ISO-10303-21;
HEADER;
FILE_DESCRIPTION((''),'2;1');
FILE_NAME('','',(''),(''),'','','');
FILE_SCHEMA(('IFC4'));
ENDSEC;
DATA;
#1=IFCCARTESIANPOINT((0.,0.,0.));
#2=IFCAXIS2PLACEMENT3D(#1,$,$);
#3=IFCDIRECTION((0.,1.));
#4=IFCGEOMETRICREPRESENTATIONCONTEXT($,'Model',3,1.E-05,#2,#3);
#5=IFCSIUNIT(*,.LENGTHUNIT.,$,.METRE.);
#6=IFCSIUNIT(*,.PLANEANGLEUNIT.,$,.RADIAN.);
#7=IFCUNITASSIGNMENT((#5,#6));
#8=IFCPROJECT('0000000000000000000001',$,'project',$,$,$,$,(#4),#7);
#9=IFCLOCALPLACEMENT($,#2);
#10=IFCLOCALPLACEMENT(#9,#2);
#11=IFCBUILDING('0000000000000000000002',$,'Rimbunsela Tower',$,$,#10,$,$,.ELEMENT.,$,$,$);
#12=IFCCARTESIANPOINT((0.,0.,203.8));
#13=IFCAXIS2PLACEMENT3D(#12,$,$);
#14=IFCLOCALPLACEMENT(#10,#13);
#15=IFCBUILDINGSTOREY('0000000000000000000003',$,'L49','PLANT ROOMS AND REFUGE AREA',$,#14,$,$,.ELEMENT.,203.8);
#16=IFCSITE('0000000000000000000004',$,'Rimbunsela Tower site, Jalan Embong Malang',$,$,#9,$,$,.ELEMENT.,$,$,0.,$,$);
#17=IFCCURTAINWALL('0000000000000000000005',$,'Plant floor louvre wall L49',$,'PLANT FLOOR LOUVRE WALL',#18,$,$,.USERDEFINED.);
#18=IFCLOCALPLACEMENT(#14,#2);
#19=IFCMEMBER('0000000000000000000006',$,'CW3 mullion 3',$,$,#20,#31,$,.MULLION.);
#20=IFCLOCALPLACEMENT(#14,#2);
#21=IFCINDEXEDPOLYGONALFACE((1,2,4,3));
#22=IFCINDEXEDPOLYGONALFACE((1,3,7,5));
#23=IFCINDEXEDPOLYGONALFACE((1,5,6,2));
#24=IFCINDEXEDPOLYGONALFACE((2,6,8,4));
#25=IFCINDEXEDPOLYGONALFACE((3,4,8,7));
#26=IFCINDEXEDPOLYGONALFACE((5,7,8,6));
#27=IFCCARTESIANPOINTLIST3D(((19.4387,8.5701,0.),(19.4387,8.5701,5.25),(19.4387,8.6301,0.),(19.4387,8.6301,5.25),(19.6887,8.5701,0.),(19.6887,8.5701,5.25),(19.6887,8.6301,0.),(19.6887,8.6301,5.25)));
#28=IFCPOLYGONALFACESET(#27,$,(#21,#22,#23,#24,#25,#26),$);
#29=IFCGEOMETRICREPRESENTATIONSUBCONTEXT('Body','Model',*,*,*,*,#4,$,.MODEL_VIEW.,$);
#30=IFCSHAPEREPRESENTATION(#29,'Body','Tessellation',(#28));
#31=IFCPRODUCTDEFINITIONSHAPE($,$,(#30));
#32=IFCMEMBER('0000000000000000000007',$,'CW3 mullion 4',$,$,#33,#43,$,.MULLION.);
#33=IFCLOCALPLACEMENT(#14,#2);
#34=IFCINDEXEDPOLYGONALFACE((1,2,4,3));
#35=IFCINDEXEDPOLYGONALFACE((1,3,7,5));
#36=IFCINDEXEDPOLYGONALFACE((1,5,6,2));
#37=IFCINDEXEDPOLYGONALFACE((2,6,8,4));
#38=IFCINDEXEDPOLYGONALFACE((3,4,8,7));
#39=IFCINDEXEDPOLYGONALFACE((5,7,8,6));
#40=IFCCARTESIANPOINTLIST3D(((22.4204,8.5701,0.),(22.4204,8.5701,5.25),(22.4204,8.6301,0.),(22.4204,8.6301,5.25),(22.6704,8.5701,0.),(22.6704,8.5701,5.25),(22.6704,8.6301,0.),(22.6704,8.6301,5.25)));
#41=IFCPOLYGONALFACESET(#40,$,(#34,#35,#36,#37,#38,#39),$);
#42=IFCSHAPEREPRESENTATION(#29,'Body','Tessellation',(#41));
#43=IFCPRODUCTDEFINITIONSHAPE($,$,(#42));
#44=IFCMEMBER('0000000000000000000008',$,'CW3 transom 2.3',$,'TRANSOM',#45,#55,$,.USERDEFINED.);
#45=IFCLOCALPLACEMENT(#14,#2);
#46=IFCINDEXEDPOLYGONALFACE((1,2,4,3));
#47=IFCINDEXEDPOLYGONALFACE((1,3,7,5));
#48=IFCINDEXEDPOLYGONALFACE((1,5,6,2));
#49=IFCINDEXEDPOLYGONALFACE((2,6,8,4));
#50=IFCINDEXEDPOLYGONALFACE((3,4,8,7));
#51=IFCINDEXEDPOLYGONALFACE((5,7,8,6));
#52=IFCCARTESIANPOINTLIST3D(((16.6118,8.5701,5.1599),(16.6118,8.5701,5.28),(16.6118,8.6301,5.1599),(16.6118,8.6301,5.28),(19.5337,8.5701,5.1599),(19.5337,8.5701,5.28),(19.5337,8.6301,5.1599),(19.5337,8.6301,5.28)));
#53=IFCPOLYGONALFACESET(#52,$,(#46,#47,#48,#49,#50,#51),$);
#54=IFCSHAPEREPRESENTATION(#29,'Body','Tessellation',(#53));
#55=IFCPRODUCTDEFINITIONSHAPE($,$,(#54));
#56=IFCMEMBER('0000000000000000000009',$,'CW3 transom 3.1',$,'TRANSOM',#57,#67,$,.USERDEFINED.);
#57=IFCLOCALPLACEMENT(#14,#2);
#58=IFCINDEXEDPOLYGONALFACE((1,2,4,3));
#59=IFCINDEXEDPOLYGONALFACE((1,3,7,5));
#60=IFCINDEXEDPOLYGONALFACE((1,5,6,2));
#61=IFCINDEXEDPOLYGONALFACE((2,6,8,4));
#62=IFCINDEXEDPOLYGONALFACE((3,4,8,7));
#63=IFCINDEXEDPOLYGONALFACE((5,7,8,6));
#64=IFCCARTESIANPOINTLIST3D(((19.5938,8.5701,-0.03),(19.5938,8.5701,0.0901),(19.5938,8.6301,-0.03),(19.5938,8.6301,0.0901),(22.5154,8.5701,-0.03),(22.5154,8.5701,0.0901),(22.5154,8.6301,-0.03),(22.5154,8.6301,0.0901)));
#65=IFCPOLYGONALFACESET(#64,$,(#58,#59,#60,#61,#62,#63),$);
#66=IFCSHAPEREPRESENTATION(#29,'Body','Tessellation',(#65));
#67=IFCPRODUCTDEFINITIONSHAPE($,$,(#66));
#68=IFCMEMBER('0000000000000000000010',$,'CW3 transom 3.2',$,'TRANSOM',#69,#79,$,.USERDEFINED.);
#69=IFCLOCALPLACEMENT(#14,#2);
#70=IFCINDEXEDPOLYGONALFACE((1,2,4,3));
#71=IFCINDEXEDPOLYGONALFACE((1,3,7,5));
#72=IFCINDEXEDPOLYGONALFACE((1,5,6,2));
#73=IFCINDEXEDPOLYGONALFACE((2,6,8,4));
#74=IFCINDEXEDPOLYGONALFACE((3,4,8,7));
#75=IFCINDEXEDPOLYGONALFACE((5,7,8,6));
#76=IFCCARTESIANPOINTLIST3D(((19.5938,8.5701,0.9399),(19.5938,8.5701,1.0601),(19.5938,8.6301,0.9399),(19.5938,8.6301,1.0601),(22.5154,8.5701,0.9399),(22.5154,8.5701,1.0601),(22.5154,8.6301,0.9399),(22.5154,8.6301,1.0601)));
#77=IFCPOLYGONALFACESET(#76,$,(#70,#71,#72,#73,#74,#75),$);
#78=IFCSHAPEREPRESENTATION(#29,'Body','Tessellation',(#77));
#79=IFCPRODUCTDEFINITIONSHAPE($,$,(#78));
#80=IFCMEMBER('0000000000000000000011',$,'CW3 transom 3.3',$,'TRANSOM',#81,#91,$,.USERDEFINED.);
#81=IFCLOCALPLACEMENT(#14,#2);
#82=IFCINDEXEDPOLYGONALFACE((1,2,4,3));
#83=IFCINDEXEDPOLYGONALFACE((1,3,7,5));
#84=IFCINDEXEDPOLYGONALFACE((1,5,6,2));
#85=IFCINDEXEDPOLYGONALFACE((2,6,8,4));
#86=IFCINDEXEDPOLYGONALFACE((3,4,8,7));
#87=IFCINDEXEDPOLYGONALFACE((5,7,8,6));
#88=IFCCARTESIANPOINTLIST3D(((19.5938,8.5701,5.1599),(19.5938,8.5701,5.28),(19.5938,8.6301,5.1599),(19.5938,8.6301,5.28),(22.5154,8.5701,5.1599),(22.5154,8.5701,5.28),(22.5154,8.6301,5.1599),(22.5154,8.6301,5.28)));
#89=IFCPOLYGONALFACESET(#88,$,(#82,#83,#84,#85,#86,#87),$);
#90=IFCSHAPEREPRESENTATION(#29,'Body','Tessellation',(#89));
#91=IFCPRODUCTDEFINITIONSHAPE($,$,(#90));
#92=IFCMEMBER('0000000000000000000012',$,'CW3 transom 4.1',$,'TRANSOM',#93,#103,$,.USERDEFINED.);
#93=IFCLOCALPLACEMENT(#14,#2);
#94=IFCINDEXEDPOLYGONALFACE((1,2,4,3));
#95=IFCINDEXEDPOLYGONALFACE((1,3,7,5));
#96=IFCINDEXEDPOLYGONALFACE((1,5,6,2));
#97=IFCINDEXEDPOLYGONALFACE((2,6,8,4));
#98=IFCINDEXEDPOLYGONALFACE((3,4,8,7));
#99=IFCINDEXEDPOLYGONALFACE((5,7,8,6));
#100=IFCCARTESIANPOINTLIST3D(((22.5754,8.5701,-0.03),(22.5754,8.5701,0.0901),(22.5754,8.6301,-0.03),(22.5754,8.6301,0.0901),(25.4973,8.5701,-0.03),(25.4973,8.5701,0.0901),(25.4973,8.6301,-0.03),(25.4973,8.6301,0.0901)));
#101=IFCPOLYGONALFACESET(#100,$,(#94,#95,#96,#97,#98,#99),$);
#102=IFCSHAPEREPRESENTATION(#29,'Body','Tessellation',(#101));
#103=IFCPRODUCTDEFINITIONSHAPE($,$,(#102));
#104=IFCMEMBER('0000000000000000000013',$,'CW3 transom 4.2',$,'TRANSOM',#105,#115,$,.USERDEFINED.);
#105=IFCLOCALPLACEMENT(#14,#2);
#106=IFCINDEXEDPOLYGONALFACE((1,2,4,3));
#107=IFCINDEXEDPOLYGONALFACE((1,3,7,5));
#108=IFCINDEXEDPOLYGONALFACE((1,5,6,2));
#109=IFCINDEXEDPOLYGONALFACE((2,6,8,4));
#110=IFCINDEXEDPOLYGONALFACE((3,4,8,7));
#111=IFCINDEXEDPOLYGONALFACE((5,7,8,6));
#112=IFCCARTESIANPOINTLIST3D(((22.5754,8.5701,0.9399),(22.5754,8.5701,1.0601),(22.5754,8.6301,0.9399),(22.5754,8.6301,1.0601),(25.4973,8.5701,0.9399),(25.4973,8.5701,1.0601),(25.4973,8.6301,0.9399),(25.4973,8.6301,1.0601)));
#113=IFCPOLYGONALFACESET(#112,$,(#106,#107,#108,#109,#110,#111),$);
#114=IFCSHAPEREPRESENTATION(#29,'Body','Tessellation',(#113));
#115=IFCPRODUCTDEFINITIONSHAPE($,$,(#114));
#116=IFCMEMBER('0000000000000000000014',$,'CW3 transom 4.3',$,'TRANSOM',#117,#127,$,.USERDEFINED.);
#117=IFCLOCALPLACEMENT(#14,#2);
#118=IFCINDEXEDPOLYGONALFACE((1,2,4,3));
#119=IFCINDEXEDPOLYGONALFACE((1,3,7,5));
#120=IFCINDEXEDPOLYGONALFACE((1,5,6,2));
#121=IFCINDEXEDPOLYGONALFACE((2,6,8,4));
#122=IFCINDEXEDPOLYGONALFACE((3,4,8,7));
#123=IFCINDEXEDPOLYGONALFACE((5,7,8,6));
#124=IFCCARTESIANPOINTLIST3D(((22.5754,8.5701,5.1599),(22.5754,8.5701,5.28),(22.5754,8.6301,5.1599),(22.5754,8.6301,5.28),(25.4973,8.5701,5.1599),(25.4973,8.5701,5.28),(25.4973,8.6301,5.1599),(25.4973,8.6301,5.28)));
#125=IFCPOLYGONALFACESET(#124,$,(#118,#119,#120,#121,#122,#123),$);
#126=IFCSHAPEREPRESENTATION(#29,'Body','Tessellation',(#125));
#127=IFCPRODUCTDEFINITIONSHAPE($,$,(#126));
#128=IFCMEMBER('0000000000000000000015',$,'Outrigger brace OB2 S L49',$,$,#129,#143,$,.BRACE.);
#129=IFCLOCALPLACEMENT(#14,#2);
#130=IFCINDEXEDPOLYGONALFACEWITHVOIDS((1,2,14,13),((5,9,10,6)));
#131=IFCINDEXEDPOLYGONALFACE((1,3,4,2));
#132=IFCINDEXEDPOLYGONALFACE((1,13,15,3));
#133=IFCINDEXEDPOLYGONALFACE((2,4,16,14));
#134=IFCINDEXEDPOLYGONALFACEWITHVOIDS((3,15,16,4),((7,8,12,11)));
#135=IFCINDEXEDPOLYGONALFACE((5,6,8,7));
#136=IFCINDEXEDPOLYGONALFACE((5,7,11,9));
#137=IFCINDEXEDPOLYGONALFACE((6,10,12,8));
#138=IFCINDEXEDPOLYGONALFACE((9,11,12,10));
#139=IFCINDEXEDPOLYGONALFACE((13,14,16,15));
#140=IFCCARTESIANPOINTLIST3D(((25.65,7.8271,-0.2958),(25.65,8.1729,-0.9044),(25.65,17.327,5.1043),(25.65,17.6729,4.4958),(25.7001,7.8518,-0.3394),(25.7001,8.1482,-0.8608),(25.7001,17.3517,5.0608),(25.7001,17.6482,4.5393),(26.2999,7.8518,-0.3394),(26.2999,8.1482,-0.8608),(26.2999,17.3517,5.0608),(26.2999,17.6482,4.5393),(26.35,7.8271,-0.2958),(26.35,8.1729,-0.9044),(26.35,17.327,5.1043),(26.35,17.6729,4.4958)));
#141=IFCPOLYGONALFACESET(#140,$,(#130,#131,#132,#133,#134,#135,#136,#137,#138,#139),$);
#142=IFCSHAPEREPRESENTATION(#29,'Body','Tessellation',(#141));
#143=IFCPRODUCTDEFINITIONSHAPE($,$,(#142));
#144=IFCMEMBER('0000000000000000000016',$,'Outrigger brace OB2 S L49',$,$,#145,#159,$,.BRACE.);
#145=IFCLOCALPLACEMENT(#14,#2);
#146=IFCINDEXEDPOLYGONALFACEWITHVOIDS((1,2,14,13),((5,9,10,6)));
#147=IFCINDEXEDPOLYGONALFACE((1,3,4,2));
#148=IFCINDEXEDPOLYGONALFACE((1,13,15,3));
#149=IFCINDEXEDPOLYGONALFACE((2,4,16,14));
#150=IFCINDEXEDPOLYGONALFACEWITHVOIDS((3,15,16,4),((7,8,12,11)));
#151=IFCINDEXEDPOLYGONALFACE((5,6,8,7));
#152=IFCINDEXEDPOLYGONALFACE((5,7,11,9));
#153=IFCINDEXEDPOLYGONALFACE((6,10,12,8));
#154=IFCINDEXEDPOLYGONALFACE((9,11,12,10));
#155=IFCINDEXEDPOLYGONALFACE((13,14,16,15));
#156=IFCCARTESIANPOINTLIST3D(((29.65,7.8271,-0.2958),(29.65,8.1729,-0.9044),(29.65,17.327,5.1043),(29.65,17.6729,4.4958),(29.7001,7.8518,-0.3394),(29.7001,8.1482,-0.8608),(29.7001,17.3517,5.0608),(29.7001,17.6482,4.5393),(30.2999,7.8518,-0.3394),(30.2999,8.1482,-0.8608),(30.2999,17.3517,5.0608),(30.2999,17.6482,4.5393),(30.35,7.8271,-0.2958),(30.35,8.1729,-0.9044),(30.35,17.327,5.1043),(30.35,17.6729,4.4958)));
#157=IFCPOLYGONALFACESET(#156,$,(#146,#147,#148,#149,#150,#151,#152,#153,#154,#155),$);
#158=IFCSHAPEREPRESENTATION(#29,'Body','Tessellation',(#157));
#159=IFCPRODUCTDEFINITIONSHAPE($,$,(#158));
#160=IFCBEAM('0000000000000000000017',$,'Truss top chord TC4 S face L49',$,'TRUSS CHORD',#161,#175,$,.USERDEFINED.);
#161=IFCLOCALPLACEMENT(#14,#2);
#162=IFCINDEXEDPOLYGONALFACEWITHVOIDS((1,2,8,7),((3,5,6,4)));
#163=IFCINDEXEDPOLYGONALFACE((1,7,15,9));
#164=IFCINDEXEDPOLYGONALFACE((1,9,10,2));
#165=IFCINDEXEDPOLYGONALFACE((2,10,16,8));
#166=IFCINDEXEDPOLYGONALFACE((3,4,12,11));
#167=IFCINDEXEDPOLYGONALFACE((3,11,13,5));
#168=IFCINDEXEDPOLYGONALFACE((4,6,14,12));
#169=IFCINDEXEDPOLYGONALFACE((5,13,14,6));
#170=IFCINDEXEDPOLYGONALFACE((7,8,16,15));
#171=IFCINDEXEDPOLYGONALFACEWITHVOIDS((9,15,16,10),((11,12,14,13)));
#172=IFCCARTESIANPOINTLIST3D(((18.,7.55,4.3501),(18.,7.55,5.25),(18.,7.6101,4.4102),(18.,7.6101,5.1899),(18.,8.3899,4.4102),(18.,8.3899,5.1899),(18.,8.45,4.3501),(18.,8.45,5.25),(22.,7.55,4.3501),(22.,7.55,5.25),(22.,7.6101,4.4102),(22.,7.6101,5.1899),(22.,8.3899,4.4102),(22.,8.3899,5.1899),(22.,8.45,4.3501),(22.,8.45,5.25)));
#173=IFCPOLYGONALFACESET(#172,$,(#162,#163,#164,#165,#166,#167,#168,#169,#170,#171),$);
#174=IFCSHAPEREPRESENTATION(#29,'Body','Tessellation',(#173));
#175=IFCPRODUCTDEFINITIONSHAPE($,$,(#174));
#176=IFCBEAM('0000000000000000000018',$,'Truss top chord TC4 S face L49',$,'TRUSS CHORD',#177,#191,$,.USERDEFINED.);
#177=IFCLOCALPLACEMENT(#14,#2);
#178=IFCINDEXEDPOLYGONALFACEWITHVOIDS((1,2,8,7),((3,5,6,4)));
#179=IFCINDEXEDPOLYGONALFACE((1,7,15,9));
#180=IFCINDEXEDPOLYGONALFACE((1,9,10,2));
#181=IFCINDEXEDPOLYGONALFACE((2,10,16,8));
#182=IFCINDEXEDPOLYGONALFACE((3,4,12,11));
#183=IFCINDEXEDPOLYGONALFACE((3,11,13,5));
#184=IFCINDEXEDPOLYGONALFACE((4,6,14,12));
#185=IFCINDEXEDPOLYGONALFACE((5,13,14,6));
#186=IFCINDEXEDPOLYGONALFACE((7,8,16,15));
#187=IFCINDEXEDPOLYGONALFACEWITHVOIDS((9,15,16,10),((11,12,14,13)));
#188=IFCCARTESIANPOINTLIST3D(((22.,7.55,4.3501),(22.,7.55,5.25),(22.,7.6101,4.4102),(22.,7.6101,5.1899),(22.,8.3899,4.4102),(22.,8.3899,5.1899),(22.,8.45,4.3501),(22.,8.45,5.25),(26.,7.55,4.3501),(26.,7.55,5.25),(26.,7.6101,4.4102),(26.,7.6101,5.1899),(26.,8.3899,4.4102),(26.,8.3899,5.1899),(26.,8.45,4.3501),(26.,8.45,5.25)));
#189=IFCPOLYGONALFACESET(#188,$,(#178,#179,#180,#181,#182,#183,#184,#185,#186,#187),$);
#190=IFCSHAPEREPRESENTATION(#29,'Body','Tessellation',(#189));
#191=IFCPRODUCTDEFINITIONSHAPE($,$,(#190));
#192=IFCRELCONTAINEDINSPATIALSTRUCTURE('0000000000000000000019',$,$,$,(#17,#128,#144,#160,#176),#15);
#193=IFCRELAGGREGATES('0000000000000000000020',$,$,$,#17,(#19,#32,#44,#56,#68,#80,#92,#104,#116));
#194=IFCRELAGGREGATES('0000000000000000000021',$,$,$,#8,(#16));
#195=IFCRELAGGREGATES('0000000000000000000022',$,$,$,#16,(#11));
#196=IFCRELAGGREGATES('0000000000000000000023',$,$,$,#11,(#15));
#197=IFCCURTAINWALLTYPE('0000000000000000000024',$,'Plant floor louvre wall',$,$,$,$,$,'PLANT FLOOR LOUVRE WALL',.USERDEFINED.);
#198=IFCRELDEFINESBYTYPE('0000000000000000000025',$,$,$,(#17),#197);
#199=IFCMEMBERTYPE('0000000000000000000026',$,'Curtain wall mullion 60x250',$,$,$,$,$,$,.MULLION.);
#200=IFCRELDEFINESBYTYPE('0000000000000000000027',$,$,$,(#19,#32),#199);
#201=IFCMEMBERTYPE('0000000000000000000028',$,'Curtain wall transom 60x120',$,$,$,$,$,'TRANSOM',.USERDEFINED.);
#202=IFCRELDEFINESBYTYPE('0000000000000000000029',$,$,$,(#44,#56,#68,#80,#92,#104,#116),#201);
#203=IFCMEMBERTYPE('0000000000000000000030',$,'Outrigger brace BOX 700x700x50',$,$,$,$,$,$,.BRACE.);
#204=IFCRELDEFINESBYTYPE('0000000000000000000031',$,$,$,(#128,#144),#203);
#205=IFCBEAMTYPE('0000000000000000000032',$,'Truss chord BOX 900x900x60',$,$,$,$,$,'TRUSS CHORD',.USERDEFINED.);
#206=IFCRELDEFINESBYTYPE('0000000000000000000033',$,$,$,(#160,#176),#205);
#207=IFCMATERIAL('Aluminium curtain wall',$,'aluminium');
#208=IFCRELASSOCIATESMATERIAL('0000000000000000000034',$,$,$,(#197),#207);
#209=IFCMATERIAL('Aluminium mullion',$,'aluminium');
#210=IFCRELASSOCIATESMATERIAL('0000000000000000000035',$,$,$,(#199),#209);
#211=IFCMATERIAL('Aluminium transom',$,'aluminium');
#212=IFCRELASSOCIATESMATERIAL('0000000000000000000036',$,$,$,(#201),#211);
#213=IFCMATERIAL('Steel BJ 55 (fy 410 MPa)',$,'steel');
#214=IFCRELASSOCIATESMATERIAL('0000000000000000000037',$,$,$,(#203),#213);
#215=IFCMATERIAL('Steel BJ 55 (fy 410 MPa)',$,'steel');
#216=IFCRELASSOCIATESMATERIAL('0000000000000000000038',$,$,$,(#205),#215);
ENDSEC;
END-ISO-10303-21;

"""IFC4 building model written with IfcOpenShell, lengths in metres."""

from ifc_helpers import new_model, si_unit, direction, frame, origin, origin_2d, place, context, subcontext, project, spatial, rectangle, hollow_rectangle, extrude, material, material_profile, profile_set, type_object, element, aggregate, save


model = new_model("IFC4")

# Units and contexts
model_context = context("Model", 3, precision=1e-05, world=origin(), true_north=direction((0.0, 1.0)))
body_context = subcontext(model_context, "Body", "Model", "MODEL_VIEW")
ifc_project = project(units=[si_unit("LENGTHUNIT", "METRE"), si_unit("PLANEANGLEUNIT", "RADIAN")], contexts=[model_context])

# Site, building, storey
site_placement = place(None, origin())
site = spatial("IfcSite", under=ifc_project, at=site_placement, Name="Rimbunsela Tower site, Jalan Embong Malang", CompositionType="ELEMENT", RefElevation=0.0)
building_placement = place(site_placement, origin())
building = spatial("IfcBuilding", under=site, at=building_placement, Name="Rimbunsela Tower", CompositionType="ELEMENT")
storey_placement = place(building_placement, frame((0.0, 0.0, 203.8)))
storey = spatial("IfcBuildingStorey", under=building, at=storey_placement, Name="L49", Description="PLANT ROOMS AND REFUGE AREA", CompositionType="ELEMENT", Elevation=203.8)

# Curtain wall, members
ifc_material_1 = material(Name="Aluminium curtain wall", Category="aluminium")
curtain_wall_type = type_object("IfcCurtainWallType", Name="Plant floor louvre wall", ElementType="PLANT FLOOR LOUVRE WALL", PredefinedType="USERDEFINED", material=ifc_material_1)
curtain_wall_placement = place(storey_placement, origin())
curtain_wall = element("IfcCurtainWall", 1, at=curtain_wall_placement, inside=storey, type_object=curtain_wall_type, Name="Plant floor louvre wall L49", ObjectType="PLANT FLOOR LOUVRE WALL", PredefinedType="USERDEFINED")
ifc_material_2 = material(Name="Aluminium mullion", Category="aluminium")
ifc_material_profile_1 = material_profile(ifc_material_2, rectangle(XDim=0.0601, YDim=0.25, at=origin_2d()), Name="Mullion 60x250")
ifc_profile_set_1 = profile_set([ifc_material_profile_1], Name="Aluminium mullion")
member_type_1 = type_object("IfcMemberType", Name="Curtain wall mullion 60x250", PredefinedType="MULLION", material=ifc_profile_set_1)
member_1_placement = place(storey_placement, frame((19.5637, 8.6001, 0.0), z_axis=(0.0, 0.0, 1.0), x_axis=(0.0, 1.0, 0.0)))
member_1 = element("IfcMember", 2, at=member_1_placement, type_object=member_type_1, Name="CW3 mullion 3", PredefinedType="MULLION", context=body_context, shape_type="SweptSolid", body=[
    extrude(rectangle(XDim=0.0601, YDim=0.25, at=origin_2d()), origin(), (0.0, 0.0, 1.0), 5.25),
])
member_2_placement = place(storey_placement, frame((22.5454, 8.6001, 0.0), z_axis=(0.0, 0.0, 1.0), x_axis=(0.0, 1.0, 0.0)))
member_2 = element("IfcMember", 3, at=member_2_placement, type_object=member_type_1, Name="CW3 mullion 4", PredefinedType="MULLION", context=body_context, shape_type="SweptSolid", body=[
    extrude(rectangle(XDim=0.0601, YDim=0.25, at=origin_2d()), origin(), (0.0, 0.0, 1.0), 5.25),
])
ifc_material_3 = material(Name="Aluminium transom", Category="aluminium")
ifc_material_profile_2 = material_profile(ifc_material_3, rectangle(XDim=0.0601, YDim=0.1201, at=origin_2d()), Name="Transom 60x120")
ifc_profile_set_2 = profile_set([ifc_material_profile_2], Name="Aluminium transom")
member_type_2 = type_object("IfcMemberType", Name="Curtain wall transom 60x120", ElementType="TRANSOM", PredefinedType="USERDEFINED", material=ifc_profile_set_2)
member_3_placement = place(storey_placement, frame((16.6118, 8.6001, 5.22), z_axis=(1.0, 0.0, 0.0), x_axis=(0.0, 1.0, 0.0)))
member_3 = element("IfcMember", 4, at=member_3_placement, type_object=member_type_2, Name="CW3 transom 2.3", ObjectType="TRANSOM", PredefinedType="USERDEFINED", context=body_context, shape_type="SweptSolid", body=[
    extrude(rectangle(XDim=0.0601, YDim=0.1201, at=origin_2d()), origin(), (0.0, 0.0, 1.0), 2.9219),
])
member_4_placement = place(storey_placement, frame((19.5938, 8.6001, 0.03), z_axis=(1.0, 0.0, 0.0), x_axis=(0.0, 1.0, 0.0)))
member_4 = element("IfcMember", 5, at=member_4_placement, type_object=member_type_2, Name="CW3 transom 3.1", ObjectType="TRANSOM", PredefinedType="USERDEFINED", context=body_context, shape_type="SweptSolid", body=[
    extrude(rectangle(XDim=0.0601, YDim=0.1201, at=origin_2d()), origin(), (0.0, 0.0, 1.0), 2.9216),
])
member_5_placement = place(storey_placement, frame((19.5938, 8.6001, 1.0), z_axis=(1.0, 0.0, 0.0), x_axis=(0.0, 1.0, 0.0)))
member_5 = element("IfcMember", 6, at=member_5_placement, type_object=member_type_2, Name="CW3 transom 3.2", ObjectType="TRANSOM", PredefinedType="USERDEFINED", context=body_context, shape_type="SweptSolid", body=[
    extrude(rectangle(XDim=0.0601, YDim=0.1201, at=origin_2d()), origin(), (0.0, 0.0, 1.0), 2.9216),
])
member_6_placement = place(storey_placement, frame((19.5938, 8.6001, 5.22), z_axis=(1.0, 0.0, 0.0), x_axis=(0.0, 1.0, 0.0)))
member_6 = element("IfcMember", 7, at=member_6_placement, type_object=member_type_2, Name="CW3 transom 3.3", ObjectType="TRANSOM", PredefinedType="USERDEFINED", context=body_context, shape_type="SweptSolid", body=[
    extrude(rectangle(XDim=0.0601, YDim=0.1201, at=origin_2d()), origin(), (0.0, 0.0, 1.0), 2.9216),
])
member_7_placement = place(storey_placement, frame((22.5754, 8.6001, 0.03), z_axis=(1.0, 0.0, 0.0), x_axis=(0.0, 1.0, 0.0)))
member_7 = element("IfcMember", 8, at=member_7_placement, type_object=member_type_2, Name="CW3 transom 4.1", ObjectType="TRANSOM", PredefinedType="USERDEFINED", context=body_context, shape_type="SweptSolid", body=[
    extrude(rectangle(XDim=0.0601, YDim=0.1201, at=origin_2d()), origin(), (0.0, 0.0, 1.0), 2.9219),
])
member_8_placement = place(storey_placement, frame((22.5754, 8.6001, 1.0), z_axis=(1.0, 0.0, 0.0), x_axis=(0.0, 1.0, 0.0)))
member_8 = element("IfcMember", 9, at=member_8_placement, type_object=member_type_2, Name="CW3 transom 4.2", ObjectType="TRANSOM", PredefinedType="USERDEFINED", context=body_context, shape_type="SweptSolid", body=[
    extrude(rectangle(XDim=0.0601, YDim=0.1201, at=origin_2d()), origin(), (0.0, 0.0, 1.0), 2.9219),
])
member_9_placement = place(storey_placement, frame((22.5754, 8.6001, 5.22), z_axis=(1.0, 0.0, 0.0), x_axis=(0.0, 1.0, 0.0)))
member_9 = element("IfcMember", 10, at=member_9_placement, type_object=member_type_2, Name="CW3 transom 4.3", ObjectType="TRANSOM", PredefinedType="USERDEFINED", context=body_context, shape_type="SweptSolid", body=[
    extrude(rectangle(XDim=0.0601, YDim=0.1201, at=origin_2d()), origin(), (0.0, 0.0, 1.0), 2.9219),
])

# Members
ifc_material_4 = material(Name="Steel BJ 55 (fy 410 MPa)", Category="steel")
ifc_material_profile_3 = material_profile(ifc_material_4, hollow_rectangle(XDim=0.7, YDim=0.7, WallThickness=0.05, at=origin_2d()), Name="BOX 700x700x50")
ifc_profile_set_3 = profile_set([ifc_material_profile_3], Name="Steel BJ 55 (fy 410 MPa)")
member_type_3 = type_object("IfcMemberType", Name="Outrigger brace BOX 700x700x50", PredefinedType="BRACE", material=ifc_profile_set_3)
for number, where, z_axis, x_axis, name in (
    (11, (26.0, 8.0, -0.6001), (0.0, 0.869361, 0.494177), (-1.0, 0.0, 0.0), "Outrigger brace OB2 S L49"),
    (12, (30.0, 8.0, -0.6001), (0.0, 0.869361, 0.494177), (-1.0, 0.0, 0.0), "Outrigger brace OB2 S L49"),
):
    element("IfcMember", number, at=place(storey_placement, frame(where, z_axis=z_axis, x_axis=x_axis)), inside=storey, type_object=member_type_3, Name=name, PredefinedType="BRACE", context=body_context, shape_type="SweptSolid", body=[
        extrude(hollow_rectangle(XDim=0.7, YDim=0.7, WallThickness=0.05, at=origin_2d()), origin(), (0.0, 0.0, 1.0), 10.9275),
    ])

# Beams
ifc_material_5 = material(Name="Steel BJ 55 (fy 410 MPa)", Category="steel")
ifc_material_profile_4 = material_profile(ifc_material_5, hollow_rectangle(XDim=0.8999, YDim=0.8999, WallThickness=0.0601, at=origin_2d()), Name="BOX 900x900x60")
ifc_profile_set_4 = profile_set([ifc_material_profile_4], Name="Steel BJ 55 (fy 410 MPa)")
beam_type_1 = type_object("IfcBeamType", Name="Truss chord BOX 900x900x60", ElementType="TRUSS CHORD", PredefinedType="USERDEFINED", material=ifc_profile_set_4)
for number, where, z_axis, x_axis, name in (
    (13, (18.0, 8.0, 4.8), (1.0, 0.0, 0.0), (0.0, 1.0, 0.0), "Truss top chord TC4 S face L49"),
    (14, (22.0, 8.0, 4.8), (1.0, 0.0, 0.0), (0.0, 1.0, 0.0), "Truss top chord TC4 S face L49"),
):
    element("IfcBeam", number, at=place(storey_placement, frame(where, z_axis=z_axis, x_axis=x_axis)), inside=storey, type_object=beam_type_1, Name=name, ObjectType="TRUSS CHORD", PredefinedType="USERDEFINED", context=body_context, shape_type="SweptSolid", body=[
        extrude(hollow_rectangle(XDim=0.8999, YDim=0.8999, WallThickness=0.0601, at=origin_2d()), origin(), (0.0, 0.0, 1.0), 4.0),
    ])

aggregate(curtain_wall, [member_1, member_2, member_3, member_4, member_5, member_6, member_7, member_8, member_9])

save(model, "model.ifc")
